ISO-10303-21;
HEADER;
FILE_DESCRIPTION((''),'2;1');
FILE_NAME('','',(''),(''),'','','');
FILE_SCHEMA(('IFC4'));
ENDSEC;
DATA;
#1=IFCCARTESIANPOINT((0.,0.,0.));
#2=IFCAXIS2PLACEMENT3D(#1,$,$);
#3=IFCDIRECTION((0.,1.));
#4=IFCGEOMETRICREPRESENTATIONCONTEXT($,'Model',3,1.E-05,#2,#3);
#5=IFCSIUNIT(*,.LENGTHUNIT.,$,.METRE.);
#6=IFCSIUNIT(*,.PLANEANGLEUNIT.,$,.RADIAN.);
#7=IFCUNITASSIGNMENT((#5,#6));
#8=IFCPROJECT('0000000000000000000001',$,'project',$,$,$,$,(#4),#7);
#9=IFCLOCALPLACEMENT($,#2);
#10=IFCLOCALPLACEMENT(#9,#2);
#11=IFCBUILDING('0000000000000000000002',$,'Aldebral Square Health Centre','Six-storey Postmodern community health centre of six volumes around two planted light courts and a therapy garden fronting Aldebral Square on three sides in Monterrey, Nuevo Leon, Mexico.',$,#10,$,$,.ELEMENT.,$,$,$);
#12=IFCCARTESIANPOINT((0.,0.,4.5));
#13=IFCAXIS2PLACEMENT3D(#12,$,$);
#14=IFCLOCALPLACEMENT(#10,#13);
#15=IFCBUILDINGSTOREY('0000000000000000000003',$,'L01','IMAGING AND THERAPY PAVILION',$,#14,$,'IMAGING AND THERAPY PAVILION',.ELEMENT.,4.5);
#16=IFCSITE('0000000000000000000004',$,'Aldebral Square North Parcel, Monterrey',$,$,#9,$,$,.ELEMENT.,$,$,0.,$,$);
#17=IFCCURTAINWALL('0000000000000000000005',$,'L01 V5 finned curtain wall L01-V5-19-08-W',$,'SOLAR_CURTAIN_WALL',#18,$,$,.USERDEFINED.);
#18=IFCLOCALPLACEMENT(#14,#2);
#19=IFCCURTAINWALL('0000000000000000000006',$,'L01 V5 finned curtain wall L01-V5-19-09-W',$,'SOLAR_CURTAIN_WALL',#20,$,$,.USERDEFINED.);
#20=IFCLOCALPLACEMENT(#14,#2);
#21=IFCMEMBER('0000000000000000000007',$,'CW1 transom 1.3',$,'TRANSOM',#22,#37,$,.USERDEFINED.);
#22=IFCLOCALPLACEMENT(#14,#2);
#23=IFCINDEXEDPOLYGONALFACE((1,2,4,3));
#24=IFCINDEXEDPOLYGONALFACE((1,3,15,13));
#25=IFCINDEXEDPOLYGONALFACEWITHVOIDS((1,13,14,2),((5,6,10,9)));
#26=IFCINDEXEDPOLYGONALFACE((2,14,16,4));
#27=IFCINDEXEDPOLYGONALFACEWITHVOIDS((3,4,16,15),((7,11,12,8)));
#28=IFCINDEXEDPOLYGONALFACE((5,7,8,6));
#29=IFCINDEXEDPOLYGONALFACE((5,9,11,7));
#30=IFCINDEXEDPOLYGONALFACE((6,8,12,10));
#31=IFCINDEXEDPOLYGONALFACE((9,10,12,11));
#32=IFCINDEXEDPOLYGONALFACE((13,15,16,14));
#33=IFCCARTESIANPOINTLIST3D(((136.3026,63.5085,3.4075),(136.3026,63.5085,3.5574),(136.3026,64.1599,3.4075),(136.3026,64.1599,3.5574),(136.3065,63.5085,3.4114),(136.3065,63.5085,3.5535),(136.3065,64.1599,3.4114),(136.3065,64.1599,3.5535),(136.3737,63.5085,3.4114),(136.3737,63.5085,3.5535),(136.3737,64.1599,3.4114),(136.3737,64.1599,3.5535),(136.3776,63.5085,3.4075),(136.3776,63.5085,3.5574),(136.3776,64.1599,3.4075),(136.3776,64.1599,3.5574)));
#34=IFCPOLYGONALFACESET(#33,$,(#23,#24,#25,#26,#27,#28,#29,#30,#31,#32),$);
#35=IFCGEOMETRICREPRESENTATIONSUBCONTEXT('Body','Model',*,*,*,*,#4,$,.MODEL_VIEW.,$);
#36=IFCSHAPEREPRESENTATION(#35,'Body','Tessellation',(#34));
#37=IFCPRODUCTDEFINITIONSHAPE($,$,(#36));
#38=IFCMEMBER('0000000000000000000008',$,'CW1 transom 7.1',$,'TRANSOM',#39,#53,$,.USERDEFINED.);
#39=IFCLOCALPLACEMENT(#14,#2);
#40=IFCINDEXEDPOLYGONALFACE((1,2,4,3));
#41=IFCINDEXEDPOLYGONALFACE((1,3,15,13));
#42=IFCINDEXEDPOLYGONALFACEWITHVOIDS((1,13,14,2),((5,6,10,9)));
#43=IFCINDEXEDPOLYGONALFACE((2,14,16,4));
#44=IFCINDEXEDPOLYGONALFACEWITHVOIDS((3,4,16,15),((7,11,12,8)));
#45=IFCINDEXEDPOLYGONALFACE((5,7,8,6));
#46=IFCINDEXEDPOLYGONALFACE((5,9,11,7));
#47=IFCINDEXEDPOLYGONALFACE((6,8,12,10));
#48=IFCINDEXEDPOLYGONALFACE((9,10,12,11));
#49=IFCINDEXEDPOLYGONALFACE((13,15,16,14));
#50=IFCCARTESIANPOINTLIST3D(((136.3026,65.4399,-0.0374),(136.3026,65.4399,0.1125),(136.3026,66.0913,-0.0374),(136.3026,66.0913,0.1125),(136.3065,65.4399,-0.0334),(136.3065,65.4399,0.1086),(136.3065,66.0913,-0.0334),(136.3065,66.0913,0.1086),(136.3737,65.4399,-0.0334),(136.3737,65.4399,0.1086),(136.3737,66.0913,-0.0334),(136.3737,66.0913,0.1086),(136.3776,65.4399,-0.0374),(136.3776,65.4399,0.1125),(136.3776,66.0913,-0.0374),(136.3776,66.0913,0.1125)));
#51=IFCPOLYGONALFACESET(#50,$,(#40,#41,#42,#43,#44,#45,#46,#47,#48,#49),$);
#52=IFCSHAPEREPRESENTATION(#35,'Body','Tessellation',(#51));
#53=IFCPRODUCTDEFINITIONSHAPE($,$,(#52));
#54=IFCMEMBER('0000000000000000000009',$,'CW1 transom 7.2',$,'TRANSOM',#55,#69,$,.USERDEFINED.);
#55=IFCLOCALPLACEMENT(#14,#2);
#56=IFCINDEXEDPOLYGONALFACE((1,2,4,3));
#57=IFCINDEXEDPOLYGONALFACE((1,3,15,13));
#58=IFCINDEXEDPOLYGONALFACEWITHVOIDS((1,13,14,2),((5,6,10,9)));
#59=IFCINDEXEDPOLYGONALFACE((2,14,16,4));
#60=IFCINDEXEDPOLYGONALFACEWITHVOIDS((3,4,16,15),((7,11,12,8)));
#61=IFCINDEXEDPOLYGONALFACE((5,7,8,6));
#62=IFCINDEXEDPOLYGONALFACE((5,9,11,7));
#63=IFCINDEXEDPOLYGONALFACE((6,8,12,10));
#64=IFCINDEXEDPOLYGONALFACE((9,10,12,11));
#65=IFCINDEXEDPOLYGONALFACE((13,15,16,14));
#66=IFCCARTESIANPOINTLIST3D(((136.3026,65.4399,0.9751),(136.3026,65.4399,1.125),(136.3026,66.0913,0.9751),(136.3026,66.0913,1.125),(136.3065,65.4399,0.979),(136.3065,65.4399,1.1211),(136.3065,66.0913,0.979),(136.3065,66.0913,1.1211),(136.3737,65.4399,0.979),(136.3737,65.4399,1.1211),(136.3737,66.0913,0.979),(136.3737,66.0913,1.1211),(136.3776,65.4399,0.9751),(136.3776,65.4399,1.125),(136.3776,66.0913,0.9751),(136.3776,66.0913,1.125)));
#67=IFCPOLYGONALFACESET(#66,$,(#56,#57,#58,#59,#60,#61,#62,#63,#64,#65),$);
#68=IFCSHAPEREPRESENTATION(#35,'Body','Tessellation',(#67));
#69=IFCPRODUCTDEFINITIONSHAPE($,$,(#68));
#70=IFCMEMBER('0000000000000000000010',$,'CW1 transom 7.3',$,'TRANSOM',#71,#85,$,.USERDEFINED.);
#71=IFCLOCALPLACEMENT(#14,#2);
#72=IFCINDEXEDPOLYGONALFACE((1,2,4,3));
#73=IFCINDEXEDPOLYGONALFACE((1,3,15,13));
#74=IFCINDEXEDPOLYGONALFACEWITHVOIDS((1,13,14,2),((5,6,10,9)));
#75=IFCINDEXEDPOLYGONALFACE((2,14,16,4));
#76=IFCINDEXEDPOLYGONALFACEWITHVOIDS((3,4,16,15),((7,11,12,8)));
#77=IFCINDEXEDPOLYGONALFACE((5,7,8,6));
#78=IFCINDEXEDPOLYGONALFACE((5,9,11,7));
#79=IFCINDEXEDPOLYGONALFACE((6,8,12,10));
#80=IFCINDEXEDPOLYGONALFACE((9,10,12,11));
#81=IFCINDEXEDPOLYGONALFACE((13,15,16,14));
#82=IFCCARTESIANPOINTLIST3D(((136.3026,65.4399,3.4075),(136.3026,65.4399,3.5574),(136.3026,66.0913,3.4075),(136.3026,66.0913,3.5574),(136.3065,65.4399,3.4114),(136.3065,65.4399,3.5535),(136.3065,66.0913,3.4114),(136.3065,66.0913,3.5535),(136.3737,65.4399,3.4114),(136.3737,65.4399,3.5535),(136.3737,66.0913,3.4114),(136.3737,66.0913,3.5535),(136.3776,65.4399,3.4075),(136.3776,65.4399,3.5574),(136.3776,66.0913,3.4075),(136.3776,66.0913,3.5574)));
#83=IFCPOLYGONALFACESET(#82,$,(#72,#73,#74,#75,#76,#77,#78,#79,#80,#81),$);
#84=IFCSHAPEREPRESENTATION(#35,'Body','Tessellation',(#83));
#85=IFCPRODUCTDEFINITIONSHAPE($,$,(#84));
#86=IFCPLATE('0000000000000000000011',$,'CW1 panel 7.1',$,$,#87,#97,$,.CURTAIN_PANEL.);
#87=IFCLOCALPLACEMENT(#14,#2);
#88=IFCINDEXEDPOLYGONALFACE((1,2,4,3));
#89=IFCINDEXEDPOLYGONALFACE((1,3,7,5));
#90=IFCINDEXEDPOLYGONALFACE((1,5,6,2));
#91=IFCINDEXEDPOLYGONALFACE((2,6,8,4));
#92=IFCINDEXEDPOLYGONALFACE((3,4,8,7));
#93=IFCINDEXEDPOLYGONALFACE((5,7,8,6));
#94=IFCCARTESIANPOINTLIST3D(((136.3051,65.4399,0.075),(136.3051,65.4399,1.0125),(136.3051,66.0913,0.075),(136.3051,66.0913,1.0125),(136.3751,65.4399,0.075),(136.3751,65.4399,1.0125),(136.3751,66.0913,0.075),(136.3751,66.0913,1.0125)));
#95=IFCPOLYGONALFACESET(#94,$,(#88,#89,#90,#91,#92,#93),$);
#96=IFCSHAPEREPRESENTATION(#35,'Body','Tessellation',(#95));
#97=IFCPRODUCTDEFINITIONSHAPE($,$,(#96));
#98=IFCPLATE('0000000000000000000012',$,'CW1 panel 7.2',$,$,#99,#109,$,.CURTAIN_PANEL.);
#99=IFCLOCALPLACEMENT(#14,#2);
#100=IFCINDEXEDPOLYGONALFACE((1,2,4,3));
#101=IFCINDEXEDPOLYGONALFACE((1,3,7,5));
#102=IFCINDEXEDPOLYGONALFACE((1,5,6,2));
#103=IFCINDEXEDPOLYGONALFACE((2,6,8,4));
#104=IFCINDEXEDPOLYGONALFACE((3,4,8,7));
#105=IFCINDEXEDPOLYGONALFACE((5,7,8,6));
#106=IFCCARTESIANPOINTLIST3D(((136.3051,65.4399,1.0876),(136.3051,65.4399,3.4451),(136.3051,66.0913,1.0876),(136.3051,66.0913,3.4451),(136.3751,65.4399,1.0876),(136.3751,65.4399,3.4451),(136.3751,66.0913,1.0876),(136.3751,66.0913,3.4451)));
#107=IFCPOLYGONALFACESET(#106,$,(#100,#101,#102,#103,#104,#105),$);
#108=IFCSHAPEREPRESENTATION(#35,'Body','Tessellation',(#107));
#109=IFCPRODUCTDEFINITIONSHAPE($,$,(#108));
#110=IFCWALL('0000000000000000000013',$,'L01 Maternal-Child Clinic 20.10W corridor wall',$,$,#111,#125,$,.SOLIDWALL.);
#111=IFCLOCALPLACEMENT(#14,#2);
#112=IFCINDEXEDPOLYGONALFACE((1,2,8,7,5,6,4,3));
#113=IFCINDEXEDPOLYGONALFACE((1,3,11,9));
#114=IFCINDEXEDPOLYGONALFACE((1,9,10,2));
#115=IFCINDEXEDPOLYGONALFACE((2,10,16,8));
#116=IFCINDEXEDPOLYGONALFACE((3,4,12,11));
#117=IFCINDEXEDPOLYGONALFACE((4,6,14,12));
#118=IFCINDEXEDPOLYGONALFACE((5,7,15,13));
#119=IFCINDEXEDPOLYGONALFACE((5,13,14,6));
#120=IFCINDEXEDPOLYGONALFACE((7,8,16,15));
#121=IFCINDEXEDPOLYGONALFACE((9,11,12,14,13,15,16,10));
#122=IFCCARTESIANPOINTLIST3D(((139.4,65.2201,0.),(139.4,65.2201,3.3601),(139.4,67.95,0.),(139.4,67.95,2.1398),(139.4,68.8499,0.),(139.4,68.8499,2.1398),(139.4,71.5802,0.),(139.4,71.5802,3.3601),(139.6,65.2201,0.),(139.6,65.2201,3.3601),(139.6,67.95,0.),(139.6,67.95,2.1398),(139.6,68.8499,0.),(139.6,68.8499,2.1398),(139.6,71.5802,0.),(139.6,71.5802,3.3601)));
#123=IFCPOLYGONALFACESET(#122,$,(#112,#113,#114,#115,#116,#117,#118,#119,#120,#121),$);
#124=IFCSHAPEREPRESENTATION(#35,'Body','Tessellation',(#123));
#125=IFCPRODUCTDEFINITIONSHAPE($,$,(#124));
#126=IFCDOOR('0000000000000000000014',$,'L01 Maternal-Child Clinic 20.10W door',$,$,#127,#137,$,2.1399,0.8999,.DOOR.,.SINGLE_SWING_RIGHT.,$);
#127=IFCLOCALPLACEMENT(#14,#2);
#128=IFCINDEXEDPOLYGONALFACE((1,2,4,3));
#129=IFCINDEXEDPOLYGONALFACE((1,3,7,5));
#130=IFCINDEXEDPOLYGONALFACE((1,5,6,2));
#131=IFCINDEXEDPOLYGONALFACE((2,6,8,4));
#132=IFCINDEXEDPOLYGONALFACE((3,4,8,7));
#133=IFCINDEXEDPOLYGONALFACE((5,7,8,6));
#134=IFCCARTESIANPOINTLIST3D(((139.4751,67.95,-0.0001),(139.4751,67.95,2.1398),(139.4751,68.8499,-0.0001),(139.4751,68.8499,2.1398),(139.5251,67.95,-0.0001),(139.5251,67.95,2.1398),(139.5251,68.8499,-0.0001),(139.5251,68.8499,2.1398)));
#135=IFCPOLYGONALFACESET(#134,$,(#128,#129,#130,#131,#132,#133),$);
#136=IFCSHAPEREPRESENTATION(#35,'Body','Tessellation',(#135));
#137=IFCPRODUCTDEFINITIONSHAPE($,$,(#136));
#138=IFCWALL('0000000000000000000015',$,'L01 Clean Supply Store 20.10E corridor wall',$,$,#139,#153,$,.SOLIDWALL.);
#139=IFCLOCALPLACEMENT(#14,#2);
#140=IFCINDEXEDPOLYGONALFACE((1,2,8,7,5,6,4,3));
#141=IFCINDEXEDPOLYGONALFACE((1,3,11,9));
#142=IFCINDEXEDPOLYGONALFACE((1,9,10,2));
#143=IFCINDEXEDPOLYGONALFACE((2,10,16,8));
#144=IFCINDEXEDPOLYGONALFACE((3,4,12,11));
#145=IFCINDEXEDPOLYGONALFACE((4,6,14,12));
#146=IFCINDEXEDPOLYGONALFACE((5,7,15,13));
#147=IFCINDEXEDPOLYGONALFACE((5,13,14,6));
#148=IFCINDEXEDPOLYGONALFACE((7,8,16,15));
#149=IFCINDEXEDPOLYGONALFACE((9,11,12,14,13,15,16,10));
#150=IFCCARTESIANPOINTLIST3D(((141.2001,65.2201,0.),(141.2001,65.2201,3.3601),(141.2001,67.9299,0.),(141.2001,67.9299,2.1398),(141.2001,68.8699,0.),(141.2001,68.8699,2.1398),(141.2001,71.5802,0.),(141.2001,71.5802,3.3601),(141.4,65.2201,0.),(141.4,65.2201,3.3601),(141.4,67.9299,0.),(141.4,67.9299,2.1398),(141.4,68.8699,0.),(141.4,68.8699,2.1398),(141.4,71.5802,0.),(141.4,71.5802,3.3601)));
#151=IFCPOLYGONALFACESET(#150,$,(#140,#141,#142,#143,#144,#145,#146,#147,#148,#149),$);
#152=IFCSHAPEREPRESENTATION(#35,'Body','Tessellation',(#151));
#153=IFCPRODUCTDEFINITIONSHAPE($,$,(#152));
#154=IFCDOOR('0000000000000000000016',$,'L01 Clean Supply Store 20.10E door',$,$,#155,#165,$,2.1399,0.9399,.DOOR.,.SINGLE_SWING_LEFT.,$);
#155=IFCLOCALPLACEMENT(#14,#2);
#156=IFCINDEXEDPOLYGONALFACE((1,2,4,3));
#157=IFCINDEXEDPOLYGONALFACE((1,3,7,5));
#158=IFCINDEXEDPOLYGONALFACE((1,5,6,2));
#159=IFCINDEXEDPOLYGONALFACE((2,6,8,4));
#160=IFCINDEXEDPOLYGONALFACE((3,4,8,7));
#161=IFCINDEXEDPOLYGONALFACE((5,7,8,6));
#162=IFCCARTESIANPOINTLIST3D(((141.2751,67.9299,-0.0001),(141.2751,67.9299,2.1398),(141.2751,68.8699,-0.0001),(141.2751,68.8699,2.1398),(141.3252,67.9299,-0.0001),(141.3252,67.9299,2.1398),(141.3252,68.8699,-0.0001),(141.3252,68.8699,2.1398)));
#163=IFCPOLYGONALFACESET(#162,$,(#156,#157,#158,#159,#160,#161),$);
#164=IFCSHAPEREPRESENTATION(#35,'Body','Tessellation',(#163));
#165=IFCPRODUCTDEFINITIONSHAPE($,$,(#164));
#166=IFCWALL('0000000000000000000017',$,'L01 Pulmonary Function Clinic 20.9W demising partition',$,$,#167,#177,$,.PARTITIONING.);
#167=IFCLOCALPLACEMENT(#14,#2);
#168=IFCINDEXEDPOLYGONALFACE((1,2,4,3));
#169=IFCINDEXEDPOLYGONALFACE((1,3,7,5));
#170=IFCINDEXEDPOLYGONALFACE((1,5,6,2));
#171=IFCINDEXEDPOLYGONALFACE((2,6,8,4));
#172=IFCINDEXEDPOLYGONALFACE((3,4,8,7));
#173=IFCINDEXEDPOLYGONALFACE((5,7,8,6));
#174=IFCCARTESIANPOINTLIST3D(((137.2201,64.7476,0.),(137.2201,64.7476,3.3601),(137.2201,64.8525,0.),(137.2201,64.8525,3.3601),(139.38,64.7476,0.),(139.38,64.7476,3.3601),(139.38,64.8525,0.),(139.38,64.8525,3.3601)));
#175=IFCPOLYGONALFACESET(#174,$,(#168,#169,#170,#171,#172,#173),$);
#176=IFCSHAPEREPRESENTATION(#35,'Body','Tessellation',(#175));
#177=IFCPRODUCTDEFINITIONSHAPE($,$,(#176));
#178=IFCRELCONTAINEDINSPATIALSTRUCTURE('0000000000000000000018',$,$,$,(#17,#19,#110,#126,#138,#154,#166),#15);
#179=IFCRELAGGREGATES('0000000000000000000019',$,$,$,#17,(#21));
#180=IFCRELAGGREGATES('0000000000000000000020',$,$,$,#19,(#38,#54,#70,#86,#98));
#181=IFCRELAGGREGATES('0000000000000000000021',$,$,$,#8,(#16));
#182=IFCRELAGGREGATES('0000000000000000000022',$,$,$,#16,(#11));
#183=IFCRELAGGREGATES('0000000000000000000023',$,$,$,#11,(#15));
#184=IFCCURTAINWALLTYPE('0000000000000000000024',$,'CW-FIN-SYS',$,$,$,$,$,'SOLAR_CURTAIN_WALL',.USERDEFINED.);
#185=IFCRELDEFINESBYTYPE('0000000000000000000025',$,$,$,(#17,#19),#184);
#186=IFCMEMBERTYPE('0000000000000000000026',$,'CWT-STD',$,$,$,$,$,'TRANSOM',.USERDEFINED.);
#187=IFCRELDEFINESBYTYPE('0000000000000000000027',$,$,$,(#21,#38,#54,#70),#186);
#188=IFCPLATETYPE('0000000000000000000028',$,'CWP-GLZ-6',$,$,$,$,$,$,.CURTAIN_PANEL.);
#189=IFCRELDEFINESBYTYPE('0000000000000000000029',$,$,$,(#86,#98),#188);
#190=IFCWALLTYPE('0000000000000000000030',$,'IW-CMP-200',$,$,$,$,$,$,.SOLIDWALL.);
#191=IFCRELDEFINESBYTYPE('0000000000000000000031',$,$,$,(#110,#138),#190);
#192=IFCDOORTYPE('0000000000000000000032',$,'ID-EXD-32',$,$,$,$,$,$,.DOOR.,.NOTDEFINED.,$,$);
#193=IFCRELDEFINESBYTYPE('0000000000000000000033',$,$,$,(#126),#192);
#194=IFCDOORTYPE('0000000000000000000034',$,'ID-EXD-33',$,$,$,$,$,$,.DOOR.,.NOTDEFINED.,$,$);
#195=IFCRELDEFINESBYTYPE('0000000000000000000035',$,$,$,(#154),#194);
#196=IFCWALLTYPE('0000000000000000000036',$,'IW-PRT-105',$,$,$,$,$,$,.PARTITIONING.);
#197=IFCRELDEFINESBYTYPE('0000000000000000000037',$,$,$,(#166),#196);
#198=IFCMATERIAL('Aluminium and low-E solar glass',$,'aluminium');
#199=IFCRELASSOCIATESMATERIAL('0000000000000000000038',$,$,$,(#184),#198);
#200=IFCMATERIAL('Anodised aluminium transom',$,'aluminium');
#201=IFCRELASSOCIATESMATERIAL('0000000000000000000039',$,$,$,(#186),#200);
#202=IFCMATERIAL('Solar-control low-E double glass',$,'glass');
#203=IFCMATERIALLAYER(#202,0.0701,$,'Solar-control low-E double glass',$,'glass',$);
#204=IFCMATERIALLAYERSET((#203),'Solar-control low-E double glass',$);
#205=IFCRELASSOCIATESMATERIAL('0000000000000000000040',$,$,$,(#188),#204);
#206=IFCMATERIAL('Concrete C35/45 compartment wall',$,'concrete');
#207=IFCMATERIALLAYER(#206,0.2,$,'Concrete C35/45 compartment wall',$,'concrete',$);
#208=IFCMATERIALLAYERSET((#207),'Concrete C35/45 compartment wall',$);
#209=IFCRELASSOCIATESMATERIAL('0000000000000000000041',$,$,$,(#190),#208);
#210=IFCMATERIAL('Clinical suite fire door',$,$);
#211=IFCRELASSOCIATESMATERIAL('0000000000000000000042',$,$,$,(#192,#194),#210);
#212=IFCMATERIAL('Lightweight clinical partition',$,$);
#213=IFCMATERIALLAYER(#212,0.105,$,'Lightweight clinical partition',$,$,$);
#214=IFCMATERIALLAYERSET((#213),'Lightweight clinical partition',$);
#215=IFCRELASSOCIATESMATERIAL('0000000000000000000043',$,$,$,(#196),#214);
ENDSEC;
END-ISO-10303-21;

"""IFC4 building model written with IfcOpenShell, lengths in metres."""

from ifc_helpers import new_model, si_unit, direction, frame, frame_2d, origin, origin_2d, place, context, subcontext, project, spatial, rectangle, hollow_rectangle, extrude, material, layer, layer_set, material_profile, profile_set, type_object, element, fill, aggregate, save


model = new_model("IFC4")

# Units and contexts
model_context = context("Model", 3, precision=1e-05, world=origin(), true_north=direction((0.0, 1.0)))
body_context = subcontext(model_context, "Body", "Model", "MODEL_VIEW")
ifc_project = project(units=[si_unit("LENGTHUNIT", "METRE"), si_unit("PLANEANGLEUNIT", "RADIAN")], contexts=[model_context])

# Site, building, storey
site_placement = place(None, origin())
site = spatial("IfcSite", under=ifc_project, at=site_placement, Name="Aldebral Square North Parcel, Monterrey", CompositionType="ELEMENT", RefElevation=0.0)
building_placement = place(site_placement, origin())
building = spatial("IfcBuilding", under=site, at=building_placement, Name="Aldebral Square Health Centre", Description="Six-storey Postmodern community health centre of six volumes around two planted light courts and a therapy garden fronting Aldebral Square on three sides in Monterrey, Nuevo Leon, Mexico.", CompositionType="ELEMENT")
storey_placement = place(building_placement, frame((0.0, 0.0, 4.5)))
storey = spatial("IfcBuildingStorey", under=building, at=storey_placement, Name="L01", Description="IMAGING AND THERAPY PAVILION", LongName="IMAGING AND THERAPY PAVILION", CompositionType="ELEMENT", Elevation=4.5)

# Curtain walls
ifc_material_1 = material(Name="Aluminium and low-E solar glass", Category="aluminium")
curtain_wall_type = type_object("IfcCurtainWallType", Name="CW-FIN-SYS", ElementType="SOLAR_CURTAIN_WALL", PredefinedType="USERDEFINED", material=ifc_material_1)
curtain_wall_1_placement = place(storey_placement, origin())
curtain_wall_1 = element("IfcCurtainWall", 1, at=curtain_wall_1_placement, inside=storey, type_object=curtain_wall_type, Name="L01 V5 finned curtain wall L01-V5-19-08-W", ObjectType="SOLAR_CURTAIN_WALL", PredefinedType="USERDEFINED")
curtain_wall_2_placement = place(storey_placement, origin())
curtain_wall_2 = element("IfcCurtainWall", 2, at=curtain_wall_2_placement, inside=storey, type_object=curtain_wall_type, Name="L01 V5 finned curtain wall L01-V5-19-09-W", ObjectType="SOLAR_CURTAIN_WALL", PredefinedType="USERDEFINED")

# Members
ifc_material_2 = material(Name="Anodised aluminium transom", Category="aluminium")
ifc_material_profile_1 = material_profile(ifc_material_2, hollow_rectangle(XDim=0.075, YDim=0.1499, WallThickness=0.0039, at=origin_2d()), Name="CWT 75x150x4")
ifc_profile_set_1 = profile_set([ifc_material_profile_1], Name="Anodised aluminium transom")
member_type_1 = type_object("IfcMemberType", Name="CWT-STD", ElementType="TRANSOM", PredefinedType="USERDEFINED", material=ifc_profile_set_1)
member_1_placement = place(storey_placement, frame((136.3401, 64.1599, 3.4824), z_axis=(0.0, -1.0, 0.0), x_axis=(1.0, 0.0, 0.0)))
member_1 = element("IfcMember", 3, at=member_1_placement, type_object=member_type_1, Name="CW1 transom 1.3", ObjectType="TRANSOM", PredefinedType="USERDEFINED", context=body_context, shape_type="SweptSolid", body=[
    extrude(hollow_rectangle(XDim=0.075, YDim=0.1499, WallThickness=0.0039, at=origin_2d()), origin(), (0.0, 0.0, 1.0), 0.6514),
])
aggregate(curtain_wall_1, [member_1])
member_2_placement = place(storey_placement, frame((136.3401, 66.0913, 0.0376), z_axis=(0.0, -1.0, 0.0), x_axis=(1.0, 0.0, 0.0)))
member_2 = element("IfcMember", 4, at=member_2_placement, type_object=member_type_1, Name="CW1 transom 7.1", ObjectType="TRANSOM", PredefinedType="USERDEFINED", context=body_context, shape_type="SweptSolid", body=[
    extrude(hollow_rectangle(XDim=0.075, YDim=0.1499, WallThickness=0.0039, at=origin_2d()), origin(), (0.0, 0.0, 1.0), 0.6514),
])
member_3_placement = place(storey_placement, frame((136.3401, 66.0913, 1.05), z_axis=(0.0, -1.0, 0.0), x_axis=(1.0, 0.0, 0.0)))
member_3 = element("IfcMember", 5, at=member_3_placement, type_object=member_type_1, Name="CW1 transom 7.2", ObjectType="TRANSOM", PredefinedType="USERDEFINED", context=body_context, shape_type="SweptSolid", body=[
    extrude(hollow_rectangle(XDim=0.075, YDim=0.1499, WallThickness=0.0039, at=origin_2d()), origin(), (0.0, 0.0, 1.0), 0.6514),
])
member_4_placement = place(storey_placement, frame((136.3401, 66.0913, 3.4824), z_axis=(0.0, -1.0, 0.0), x_axis=(1.0, 0.0, 0.0)))
member_4 = element("IfcMember", 6, at=member_4_placement, type_object=member_type_1, Name="CW1 transom 7.3", ObjectType="TRANSOM", PredefinedType="USERDEFINED", context=body_context, shape_type="SweptSolid", body=[
    extrude(hollow_rectangle(XDim=0.075, YDim=0.1499, WallThickness=0.0039, at=origin_2d()), origin(), (0.0, 0.0, 1.0), 0.6514),
])

# Plates
ifc_material_3 = material(Name="Solar-control low-E double glass", Category="glass")
ifc_layer_1 = layer(ifc_material_3, 0.0701, Name="Solar-control low-E double glass", Category="glass")
ifc_layer_set_1 = layer_set([ifc_layer_1], Name="Solar-control low-E double glass")
plate_type = type_object("IfcPlateType", Name="CWP-GLZ-6", PredefinedType="CURTAIN_PANEL", material=ifc_layer_set_1)
plate_1_placement = place(storey_placement, frame((136.3401, 65.7656, 0.075), z_axis=(0.0, 0.0, 1.0), x_axis=(0.0, -1.0, 0.0)))
plate_1 = element("IfcPlate", 7, at=plate_1_placement, type_object=plate_type, Name="CW1 panel 7.1", PredefinedType="CURTAIN_PANEL", context=body_context, shape_type="SweptSolid", body=[
    extrude(rectangle(XDim=0.6514, YDim=0.0701, at=origin_2d()), origin(), (0.0, 0.0, 1.0), 0.9375),
])
plate_2_placement = place(storey_placement, frame((136.3401, 65.7656, 1.0876), z_axis=(0.0, 0.0, 1.0), x_axis=(0.0, -1.0, 0.0)))
plate_2 = element("IfcPlate", 8, at=plate_2_placement, type_object=plate_type, Name="CW1 panel 7.2", PredefinedType="CURTAIN_PANEL", context=body_context, shape_type="SweptSolid", body=[
    extrude(rectangle(XDim=0.6514, YDim=0.0701, at=origin_2d()), origin(), (0.0, 0.0, 1.0), 2.3574),
])
aggregate(curtain_wall_2, [member_2, member_3, member_4, plate_1, plate_2])

# Walls, openings, doors
ifc_material_4 = material(Name="Concrete C35/45 compartment wall", Category="concrete")
ifc_layer_2 = layer(ifc_material_4, 0.2, Name="Concrete C35/45 compartment wall", Category="concrete")
ifc_layer_set_2 = layer_set([ifc_layer_2], Name="Concrete C35/45 compartment wall")
wall_type_1 = type_object("IfcWallType", Name="IW-CMP-200", PredefinedType="SOLIDWALL", material=ifc_layer_set_2)
wall_1_placement = place(storey_placement, frame((139.5, 65.22, 0.0), z_axis=(0.0, 0.0, 1.0), x_axis=(0.0, 1.0, 0.0)))
wall_1 = element("IfcWall", 9, at=wall_1_placement, inside=storey, type_object=wall_type_1, Name="L01 Maternal-Child Clinic 20.10W corridor wall", PredefinedType="SOLIDWALL", context=body_context, shape_type="SweptSolid", body=[
    extrude(rectangle(XDim=6.3601, YDim=0.2, at=frame_2d((3.1802, 0.0))), origin(), (0.0, 0.0, 1.0), 3.3601),
])
opening_1_placement = place(wall_1_placement, frame((2.73, 0.0, 0.0)))
opening_1 = element("IfcOpeningElement", 10, at=opening_1_placement, cuts=wall_1, PredefinedType="OPENING", context=body_context, shape_type="SweptSolid", body=[
    extrude(rectangle(XDim=0.8999, YDim=2.1399, at=frame_2d((0.45, 1.0698))), frame((0.0, 0.1099, 0.0), z_axis=(0.0, -1.0, 0.0), x_axis=(1.0, 0.0, 0.0)), (0.0, 0.0, 1.0), 0.22),
])
ifc_material_5 = material(Name="Clinical suite fire door")
door_type_1 = type_object("IfcDoorType", Name="ID-EXD-32", OperationType="NOTDEFINED", PredefinedType="DOOR", material=ifc_material_5)
door_1_placement = place(opening_1_placement, origin())
door_1 = element("IfcDoor", 11, at=door_1_placement, inside=storey, type_object=door_type_1, Name="L01 Maternal-Child Clinic 20.10W door", OperationType="SINGLE_SWING_RIGHT", OverallHeight=2.1399, OverallWidth=0.8999, PredefinedType="DOOR", context=body_context, shape_type="SweptSolid", body=[
    extrude(rectangle(XDim=0.8999, YDim=2.1399, at=frame_2d((0.45, 1.0698))), frame((0.0, 0.0249, 0.0), z_axis=(0.0, -1.0, 0.0), x_axis=(1.0, 0.0, 0.0)), (0.0, 0.0, 1.0), 0.05),
])
fill(opening_1, door_1)
wall_2_placement = place(storey_placement, frame((141.3, 65.22, 0.0), z_axis=(0.0, 0.0, 1.0), x_axis=(0.0, 1.0, 0.0)))
wall_2 = element("IfcWall", 12, at=wall_2_placement, inside=storey, type_object=wall_type_1, Name="L01 Clean Supply Store 20.10E corridor wall", PredefinedType="SOLIDWALL", context=body_context, shape_type="SweptSolid", body=[
    extrude(rectangle(XDim=6.3601, YDim=0.2, at=frame_2d((3.1802, 0.0))), origin(), (0.0, 0.0, 1.0), 3.3601),
])
opening_2_placement = place(wall_2_placement, frame((2.71, 0.0, 0.0)))
opening_2 = element("IfcOpeningElement", 13, at=opening_2_placement, cuts=wall_2, PredefinedType="OPENING", context=body_context, shape_type="SweptSolid", body=[
    extrude(rectangle(XDim=0.9399, YDim=2.1399, at=frame_2d((0.47, 1.0698))), frame((0.0, 0.1099, 0.0), z_axis=(0.0, -1.0, 0.0), x_axis=(1.0, 0.0, 0.0)), (0.0, 0.0, 1.0), 0.22),
])
door_type_2 = type_object("IfcDoorType", Name="ID-EXD-33", OperationType="NOTDEFINED", PredefinedType="DOOR", material=ifc_material_5)
door_2_placement = place(opening_2_placement, origin())
door_2 = element("IfcDoor", 14, at=door_2_placement, inside=storey, type_object=door_type_2, Name="L01 Clean Supply Store 20.10E door", OperationType="SINGLE_SWING_LEFT", OverallHeight=2.1399, OverallWidth=0.9399, PredefinedType="DOOR", context=body_context, shape_type="SweptSolid", body=[
    extrude(rectangle(XDim=0.9399, YDim=2.1399, at=frame_2d((0.47, 1.0698))), frame((0.0, 0.0249, 0.0), z_axis=(0.0, -1.0, 0.0), x_axis=(1.0, 0.0, 0.0)), (0.0, 0.0, 1.0), 0.05),
])
fill(opening_2, door_2)

# Wall
ifc_material_6 = material(Name="Lightweight clinical partition")
ifc_layer_3 = layer(ifc_material_6, 0.105, Name="Lightweight clinical partition")
ifc_layer_set_3 = layer_set([ifc_layer_3], Name="Lightweight clinical partition")
wall_type_2 = type_object("IfcWallType", Name="IW-PRT-105", PredefinedType="PARTITIONING", material=ifc_layer_set_3)
wall_3_placement = place(storey_placement, frame((137.22, 64.8, 0.0), z_axis=(0.0, 0.0, 1.0), x_axis=(1.0, 0.0, 0.0)))
element("IfcWall", 15, at=wall_3_placement, inside=storey, type_object=wall_type_2, Name="L01 Pulmonary Function Clinic 20.9W demising partition", PredefinedType="PARTITIONING", context=body_context, shape_type="SweptSolid", body=[
    extrude(rectangle(XDim=2.1599, YDim=0.105, at=frame_2d((1.0801, 0.0))), origin(), (0.0, 0.0, 1.0), 3.3601),
])

save(model, "model.ifc")
